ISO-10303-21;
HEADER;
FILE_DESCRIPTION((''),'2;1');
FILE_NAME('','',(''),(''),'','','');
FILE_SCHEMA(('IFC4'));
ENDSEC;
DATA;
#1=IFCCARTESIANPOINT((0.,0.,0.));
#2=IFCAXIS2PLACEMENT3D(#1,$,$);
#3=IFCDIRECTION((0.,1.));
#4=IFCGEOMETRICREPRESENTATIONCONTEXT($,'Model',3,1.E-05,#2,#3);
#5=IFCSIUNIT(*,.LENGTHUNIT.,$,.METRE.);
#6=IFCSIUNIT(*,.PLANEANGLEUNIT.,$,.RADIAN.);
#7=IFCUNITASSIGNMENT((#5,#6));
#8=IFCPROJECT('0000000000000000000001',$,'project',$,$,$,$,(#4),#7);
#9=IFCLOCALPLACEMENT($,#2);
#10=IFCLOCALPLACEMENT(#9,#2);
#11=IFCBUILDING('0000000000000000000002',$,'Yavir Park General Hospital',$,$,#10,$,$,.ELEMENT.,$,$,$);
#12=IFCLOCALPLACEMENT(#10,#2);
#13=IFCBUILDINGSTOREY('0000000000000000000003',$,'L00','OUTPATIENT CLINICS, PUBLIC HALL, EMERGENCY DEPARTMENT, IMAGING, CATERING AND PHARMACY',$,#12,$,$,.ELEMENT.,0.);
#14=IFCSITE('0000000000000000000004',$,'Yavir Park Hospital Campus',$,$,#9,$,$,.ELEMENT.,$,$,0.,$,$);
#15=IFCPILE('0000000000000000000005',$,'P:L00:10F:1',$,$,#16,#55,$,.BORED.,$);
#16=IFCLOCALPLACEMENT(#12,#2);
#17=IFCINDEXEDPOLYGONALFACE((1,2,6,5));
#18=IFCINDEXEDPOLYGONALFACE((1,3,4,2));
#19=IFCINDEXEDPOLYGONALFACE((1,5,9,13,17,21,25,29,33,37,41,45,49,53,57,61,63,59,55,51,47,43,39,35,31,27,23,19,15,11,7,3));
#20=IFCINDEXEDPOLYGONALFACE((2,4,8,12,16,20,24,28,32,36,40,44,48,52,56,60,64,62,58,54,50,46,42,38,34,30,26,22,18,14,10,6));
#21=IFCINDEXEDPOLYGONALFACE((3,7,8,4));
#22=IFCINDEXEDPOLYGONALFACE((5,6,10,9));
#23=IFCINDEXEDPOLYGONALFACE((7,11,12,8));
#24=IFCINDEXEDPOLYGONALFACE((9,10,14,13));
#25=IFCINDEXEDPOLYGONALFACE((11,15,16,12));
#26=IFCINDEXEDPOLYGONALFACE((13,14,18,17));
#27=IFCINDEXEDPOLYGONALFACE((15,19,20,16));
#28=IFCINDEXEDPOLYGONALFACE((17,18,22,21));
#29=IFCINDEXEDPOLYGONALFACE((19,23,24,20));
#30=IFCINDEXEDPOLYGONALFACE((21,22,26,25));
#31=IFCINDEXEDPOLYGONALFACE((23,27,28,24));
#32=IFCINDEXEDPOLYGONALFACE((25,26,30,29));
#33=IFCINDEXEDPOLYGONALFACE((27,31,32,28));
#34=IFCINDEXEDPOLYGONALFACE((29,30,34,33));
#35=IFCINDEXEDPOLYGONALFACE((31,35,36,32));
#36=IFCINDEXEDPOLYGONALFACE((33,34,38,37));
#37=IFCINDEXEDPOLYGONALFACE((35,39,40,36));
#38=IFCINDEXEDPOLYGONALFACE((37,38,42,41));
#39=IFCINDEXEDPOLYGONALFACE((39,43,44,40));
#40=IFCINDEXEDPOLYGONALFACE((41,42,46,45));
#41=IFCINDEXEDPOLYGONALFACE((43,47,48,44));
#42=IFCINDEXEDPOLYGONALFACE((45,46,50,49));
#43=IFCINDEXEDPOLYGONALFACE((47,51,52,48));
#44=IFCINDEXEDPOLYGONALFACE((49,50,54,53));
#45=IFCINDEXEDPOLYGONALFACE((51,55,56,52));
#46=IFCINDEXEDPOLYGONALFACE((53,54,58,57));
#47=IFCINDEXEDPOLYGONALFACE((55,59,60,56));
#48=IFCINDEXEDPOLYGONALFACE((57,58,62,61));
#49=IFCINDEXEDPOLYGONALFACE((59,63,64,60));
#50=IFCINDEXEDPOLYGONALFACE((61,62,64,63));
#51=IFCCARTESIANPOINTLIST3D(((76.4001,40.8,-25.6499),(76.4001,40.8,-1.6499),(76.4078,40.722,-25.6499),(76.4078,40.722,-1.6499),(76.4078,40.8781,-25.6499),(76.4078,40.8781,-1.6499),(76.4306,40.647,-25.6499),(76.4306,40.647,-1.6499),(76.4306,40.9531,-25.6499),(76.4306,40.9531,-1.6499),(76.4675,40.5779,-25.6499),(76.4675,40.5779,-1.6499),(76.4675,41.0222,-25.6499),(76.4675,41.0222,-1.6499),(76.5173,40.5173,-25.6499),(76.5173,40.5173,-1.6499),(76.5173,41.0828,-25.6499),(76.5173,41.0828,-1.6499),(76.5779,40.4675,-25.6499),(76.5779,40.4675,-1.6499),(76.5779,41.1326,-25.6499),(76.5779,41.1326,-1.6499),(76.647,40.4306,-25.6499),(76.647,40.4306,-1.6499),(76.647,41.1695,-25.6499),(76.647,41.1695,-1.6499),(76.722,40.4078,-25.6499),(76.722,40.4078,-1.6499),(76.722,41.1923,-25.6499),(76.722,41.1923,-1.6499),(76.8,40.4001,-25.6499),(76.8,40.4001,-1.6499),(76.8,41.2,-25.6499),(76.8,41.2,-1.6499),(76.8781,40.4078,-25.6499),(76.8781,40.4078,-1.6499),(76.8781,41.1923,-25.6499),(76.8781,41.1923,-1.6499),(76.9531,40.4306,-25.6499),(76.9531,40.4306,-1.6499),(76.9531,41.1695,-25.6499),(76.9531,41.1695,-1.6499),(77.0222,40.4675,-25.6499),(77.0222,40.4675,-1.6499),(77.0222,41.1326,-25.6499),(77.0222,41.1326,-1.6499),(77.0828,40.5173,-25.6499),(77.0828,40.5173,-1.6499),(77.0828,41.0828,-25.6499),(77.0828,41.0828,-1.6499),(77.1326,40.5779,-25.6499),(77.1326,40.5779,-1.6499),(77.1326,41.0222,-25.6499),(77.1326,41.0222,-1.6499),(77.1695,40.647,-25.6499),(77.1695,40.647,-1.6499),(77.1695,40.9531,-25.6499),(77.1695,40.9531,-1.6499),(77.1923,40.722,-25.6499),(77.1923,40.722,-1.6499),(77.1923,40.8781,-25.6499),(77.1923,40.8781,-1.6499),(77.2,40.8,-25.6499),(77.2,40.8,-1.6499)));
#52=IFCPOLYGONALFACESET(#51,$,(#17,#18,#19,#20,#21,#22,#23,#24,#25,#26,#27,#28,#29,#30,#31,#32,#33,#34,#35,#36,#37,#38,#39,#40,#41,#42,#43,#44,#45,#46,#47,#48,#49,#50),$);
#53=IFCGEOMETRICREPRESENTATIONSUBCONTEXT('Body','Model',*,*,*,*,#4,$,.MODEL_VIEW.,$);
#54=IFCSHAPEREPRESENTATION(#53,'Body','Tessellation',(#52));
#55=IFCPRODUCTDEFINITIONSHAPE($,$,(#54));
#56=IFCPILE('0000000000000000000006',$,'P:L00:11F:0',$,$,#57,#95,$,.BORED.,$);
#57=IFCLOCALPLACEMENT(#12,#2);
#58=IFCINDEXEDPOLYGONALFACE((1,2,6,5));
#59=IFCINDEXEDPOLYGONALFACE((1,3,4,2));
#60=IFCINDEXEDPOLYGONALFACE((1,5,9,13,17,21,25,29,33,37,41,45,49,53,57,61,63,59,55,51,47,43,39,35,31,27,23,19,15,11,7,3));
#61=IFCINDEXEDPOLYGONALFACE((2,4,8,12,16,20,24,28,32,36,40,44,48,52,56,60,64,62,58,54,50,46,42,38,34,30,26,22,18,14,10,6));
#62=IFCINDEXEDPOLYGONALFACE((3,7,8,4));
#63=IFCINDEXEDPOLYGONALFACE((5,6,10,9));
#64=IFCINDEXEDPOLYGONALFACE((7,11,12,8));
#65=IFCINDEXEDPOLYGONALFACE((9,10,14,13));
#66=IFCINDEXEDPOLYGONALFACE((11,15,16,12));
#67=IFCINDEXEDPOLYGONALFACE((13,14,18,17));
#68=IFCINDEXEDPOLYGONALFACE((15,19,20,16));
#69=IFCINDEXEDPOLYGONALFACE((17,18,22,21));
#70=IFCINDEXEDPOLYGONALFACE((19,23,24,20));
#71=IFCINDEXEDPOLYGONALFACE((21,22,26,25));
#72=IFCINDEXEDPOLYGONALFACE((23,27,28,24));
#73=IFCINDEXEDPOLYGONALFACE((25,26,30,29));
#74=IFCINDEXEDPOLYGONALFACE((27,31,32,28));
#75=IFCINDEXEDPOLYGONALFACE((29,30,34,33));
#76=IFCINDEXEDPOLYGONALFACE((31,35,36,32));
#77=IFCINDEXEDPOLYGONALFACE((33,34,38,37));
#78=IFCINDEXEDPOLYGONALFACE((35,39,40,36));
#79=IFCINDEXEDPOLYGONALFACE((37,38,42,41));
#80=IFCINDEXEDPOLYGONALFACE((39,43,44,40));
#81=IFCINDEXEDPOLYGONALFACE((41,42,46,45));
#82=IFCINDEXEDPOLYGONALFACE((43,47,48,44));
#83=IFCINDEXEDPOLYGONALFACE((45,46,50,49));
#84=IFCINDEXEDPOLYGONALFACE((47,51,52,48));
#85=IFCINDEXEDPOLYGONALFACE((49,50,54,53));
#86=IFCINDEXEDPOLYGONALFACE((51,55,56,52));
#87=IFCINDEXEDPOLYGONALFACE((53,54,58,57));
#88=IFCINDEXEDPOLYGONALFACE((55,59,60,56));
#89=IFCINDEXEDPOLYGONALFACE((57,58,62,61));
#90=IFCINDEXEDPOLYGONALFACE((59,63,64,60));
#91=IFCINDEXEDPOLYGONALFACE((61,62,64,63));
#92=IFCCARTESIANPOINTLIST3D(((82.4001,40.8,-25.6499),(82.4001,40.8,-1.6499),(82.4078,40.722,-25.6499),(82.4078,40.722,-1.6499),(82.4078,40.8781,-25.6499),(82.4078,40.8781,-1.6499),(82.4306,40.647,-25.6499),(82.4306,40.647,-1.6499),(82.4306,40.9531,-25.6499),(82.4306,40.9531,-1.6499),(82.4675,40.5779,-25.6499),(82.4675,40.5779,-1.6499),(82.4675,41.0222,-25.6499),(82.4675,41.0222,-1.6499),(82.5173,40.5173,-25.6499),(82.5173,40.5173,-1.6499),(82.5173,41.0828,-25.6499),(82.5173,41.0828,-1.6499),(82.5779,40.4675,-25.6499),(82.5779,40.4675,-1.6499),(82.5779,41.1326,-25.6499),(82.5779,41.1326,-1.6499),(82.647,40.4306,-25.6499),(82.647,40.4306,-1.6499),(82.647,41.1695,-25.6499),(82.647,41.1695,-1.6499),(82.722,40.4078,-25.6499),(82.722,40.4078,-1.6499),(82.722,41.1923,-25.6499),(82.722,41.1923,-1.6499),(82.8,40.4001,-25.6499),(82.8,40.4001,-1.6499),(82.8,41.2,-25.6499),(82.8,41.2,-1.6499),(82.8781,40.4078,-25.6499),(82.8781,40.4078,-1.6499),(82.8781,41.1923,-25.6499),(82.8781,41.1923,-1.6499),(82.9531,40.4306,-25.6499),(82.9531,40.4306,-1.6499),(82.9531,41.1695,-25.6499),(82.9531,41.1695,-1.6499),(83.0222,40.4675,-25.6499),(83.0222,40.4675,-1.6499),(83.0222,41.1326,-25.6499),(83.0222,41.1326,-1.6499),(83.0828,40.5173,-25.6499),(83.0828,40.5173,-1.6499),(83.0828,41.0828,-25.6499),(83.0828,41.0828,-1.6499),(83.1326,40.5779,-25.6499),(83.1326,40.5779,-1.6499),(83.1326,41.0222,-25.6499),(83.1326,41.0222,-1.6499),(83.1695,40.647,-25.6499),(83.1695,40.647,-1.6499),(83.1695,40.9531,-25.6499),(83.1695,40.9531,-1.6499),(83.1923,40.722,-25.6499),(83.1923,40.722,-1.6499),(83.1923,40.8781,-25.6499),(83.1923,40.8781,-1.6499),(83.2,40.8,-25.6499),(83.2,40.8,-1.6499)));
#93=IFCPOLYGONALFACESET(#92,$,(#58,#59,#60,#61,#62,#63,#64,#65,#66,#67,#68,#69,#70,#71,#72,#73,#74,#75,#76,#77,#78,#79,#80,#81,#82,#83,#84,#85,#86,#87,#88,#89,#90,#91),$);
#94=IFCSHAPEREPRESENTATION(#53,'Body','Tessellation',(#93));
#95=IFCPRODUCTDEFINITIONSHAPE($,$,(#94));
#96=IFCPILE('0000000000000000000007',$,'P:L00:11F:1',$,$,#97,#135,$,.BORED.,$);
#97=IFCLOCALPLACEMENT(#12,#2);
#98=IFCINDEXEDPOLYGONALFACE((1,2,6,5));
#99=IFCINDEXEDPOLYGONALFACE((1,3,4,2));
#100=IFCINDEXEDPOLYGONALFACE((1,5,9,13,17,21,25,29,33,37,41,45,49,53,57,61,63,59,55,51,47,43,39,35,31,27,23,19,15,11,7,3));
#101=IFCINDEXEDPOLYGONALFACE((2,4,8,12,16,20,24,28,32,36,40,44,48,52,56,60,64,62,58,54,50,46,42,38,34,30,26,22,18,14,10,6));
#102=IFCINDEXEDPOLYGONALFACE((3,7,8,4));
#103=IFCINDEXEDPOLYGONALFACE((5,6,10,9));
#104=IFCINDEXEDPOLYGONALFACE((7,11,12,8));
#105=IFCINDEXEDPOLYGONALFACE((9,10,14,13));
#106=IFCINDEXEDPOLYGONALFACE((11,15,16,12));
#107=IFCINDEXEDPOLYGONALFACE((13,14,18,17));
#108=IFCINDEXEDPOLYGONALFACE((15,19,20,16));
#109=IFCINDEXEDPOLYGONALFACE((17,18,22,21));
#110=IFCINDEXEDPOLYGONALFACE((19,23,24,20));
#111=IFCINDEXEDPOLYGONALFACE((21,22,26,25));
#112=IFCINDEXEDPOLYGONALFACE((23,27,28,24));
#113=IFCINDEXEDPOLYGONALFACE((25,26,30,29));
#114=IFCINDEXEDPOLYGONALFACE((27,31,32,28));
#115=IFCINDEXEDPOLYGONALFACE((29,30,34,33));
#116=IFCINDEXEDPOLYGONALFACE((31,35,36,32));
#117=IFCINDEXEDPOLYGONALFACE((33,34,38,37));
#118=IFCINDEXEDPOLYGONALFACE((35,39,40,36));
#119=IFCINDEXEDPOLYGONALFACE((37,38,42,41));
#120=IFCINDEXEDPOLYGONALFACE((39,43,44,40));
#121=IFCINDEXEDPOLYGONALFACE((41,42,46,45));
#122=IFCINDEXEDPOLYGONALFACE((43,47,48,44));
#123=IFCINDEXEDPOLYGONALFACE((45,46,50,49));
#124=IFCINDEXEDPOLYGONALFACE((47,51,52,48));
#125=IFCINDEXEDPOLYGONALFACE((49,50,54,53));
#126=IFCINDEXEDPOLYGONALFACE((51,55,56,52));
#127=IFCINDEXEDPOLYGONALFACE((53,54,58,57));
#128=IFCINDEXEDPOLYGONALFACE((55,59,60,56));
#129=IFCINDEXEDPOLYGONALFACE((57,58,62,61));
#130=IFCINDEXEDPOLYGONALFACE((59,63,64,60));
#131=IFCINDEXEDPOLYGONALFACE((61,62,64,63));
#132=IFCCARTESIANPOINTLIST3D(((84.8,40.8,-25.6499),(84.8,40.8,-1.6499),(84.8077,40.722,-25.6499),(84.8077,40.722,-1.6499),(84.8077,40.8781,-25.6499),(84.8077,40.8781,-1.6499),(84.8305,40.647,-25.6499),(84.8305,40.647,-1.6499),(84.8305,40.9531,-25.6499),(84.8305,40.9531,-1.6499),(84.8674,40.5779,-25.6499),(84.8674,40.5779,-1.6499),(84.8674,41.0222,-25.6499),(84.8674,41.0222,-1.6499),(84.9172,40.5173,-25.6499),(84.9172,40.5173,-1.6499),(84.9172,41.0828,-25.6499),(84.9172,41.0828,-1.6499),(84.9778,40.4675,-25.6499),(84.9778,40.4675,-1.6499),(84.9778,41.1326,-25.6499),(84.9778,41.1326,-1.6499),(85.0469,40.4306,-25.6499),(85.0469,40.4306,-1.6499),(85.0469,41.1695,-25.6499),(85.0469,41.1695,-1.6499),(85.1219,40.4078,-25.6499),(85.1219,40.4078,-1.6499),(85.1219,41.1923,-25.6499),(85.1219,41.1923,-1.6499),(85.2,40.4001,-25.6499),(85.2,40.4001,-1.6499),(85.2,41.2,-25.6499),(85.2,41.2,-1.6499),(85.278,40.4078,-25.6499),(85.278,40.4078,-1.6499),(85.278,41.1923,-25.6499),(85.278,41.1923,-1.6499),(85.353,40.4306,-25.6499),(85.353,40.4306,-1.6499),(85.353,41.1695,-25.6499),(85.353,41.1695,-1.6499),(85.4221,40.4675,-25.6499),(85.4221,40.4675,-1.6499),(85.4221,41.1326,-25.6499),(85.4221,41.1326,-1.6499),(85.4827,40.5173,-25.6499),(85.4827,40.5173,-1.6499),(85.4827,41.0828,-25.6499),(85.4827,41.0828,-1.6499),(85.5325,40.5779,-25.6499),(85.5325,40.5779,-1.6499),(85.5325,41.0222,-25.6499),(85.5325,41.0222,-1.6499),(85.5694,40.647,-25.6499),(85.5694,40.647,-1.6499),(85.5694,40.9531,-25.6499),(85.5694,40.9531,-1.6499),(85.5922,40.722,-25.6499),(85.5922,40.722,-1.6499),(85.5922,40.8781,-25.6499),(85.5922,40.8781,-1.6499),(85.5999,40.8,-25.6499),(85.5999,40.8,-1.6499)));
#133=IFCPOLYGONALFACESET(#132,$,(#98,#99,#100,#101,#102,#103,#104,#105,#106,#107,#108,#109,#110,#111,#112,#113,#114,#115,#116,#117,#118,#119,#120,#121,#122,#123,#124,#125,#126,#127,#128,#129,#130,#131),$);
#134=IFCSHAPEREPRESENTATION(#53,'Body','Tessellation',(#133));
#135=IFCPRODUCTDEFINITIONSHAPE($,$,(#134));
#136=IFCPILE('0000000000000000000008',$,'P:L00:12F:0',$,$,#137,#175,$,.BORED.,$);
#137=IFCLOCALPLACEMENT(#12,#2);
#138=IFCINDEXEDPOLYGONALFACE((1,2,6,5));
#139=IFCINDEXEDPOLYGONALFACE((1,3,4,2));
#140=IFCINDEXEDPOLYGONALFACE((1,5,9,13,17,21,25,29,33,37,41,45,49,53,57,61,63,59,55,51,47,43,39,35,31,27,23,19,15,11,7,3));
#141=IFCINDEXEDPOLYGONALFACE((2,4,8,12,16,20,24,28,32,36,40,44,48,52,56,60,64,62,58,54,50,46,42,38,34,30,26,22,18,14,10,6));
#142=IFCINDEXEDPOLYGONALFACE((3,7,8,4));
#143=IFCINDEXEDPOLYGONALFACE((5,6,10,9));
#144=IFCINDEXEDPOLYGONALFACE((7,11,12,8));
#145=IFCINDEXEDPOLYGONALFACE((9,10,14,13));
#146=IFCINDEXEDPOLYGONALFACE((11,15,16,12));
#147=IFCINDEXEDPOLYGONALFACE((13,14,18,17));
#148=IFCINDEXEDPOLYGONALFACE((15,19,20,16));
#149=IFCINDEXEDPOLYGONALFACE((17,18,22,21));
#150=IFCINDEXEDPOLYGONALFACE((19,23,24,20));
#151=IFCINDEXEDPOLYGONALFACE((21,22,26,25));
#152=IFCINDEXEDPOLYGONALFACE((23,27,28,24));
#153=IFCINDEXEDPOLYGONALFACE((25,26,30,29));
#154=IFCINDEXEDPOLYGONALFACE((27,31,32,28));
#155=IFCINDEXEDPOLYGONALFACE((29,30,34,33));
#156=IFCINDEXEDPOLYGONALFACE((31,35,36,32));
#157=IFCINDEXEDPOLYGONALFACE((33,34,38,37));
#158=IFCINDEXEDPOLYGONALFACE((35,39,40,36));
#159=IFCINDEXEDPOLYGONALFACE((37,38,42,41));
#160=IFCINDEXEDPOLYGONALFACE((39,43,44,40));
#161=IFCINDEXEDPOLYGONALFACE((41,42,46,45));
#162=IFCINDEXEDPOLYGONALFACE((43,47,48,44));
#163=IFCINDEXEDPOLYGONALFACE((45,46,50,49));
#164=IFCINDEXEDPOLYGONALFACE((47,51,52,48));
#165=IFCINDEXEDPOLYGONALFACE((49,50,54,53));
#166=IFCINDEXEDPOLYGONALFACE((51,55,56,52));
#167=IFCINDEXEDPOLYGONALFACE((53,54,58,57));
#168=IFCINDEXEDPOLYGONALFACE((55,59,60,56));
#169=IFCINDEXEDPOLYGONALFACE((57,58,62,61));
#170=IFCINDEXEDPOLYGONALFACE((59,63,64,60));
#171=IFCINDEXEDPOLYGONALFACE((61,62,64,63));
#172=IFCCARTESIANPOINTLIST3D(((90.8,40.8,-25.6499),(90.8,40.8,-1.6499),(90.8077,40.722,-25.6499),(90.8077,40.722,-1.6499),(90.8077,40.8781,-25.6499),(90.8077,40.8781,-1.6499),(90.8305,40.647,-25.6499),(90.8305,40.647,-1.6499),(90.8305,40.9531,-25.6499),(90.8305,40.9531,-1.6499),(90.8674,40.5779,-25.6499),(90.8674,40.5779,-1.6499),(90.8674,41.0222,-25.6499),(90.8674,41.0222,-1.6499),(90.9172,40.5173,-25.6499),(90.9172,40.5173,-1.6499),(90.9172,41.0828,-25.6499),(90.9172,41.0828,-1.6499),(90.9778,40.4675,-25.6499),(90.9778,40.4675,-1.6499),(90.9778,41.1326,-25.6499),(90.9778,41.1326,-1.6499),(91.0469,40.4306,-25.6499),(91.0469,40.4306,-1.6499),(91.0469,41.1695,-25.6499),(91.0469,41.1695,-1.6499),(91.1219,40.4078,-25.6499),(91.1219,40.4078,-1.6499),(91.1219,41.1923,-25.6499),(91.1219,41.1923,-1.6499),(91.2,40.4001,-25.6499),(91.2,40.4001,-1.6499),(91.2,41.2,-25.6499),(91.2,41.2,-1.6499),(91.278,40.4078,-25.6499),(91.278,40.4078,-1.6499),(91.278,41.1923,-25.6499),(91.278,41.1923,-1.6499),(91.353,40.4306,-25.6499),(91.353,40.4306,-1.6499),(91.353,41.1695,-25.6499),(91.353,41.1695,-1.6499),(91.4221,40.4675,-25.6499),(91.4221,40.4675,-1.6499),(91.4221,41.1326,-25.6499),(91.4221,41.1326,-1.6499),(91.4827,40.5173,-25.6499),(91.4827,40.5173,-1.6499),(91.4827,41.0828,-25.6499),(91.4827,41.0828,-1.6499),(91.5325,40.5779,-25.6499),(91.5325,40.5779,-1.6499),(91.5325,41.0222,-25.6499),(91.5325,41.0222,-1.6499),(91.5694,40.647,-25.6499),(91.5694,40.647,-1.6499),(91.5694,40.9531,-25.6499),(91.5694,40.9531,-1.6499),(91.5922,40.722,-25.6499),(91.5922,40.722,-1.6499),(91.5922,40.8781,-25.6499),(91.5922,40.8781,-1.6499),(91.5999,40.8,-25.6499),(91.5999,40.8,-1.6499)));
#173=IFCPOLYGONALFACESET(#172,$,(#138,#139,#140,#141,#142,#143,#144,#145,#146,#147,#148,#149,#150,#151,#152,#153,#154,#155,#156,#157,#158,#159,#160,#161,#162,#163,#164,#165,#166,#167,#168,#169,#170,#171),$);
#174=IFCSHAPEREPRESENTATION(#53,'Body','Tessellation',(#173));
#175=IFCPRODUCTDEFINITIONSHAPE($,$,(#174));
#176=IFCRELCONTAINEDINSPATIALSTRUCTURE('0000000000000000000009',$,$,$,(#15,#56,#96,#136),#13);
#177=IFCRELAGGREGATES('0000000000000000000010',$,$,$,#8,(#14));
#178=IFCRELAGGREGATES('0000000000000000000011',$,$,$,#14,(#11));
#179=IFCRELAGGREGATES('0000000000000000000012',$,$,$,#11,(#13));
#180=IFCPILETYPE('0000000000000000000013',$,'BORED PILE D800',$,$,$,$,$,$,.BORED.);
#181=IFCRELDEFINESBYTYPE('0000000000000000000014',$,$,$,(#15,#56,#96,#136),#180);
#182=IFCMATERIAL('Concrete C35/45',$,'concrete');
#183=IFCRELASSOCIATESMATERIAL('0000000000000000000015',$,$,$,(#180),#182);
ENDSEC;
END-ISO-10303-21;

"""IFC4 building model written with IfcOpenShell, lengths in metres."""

from ifc_helpers import new_model, si_unit, direction, frame, origin, origin_2d, place, context, subcontext, project, spatial, circle, extrude, material, material_profile, profile_set, type_object, element, save


model = new_model("IFC4")

# Units and contexts
model_context = context("Model", 3, precision=1e-05, world=origin(), true_north=direction((0.0, 1.0)))
body_context = subcontext(model_context, "Body", "Model", "MODEL_VIEW")
ifc_project = project(units=[si_unit("LENGTHUNIT", "METRE"), si_unit("PLANEANGLEUNIT", "RADIAN")], contexts=[model_context])

# Site, building, storey
site_placement = place(None, origin())
site = spatial("IfcSite", under=ifc_project, at=site_placement, Name="Yavir Park Hospital Campus", CompositionType="ELEMENT", RefElevation=0.0)
building_placement = place(site_placement, origin())
building = spatial("IfcBuilding", under=site, at=building_placement, Name="Yavir Park General Hospital", CompositionType="ELEMENT")
storey_placement = place(building_placement, origin())
storey = spatial("IfcBuildingStorey", under=building, at=storey_placement, Name="L00", Description="OUTPATIENT CLINICS, PUBLIC HALL, EMERGENCY DEPARTMENT, IMAGING, CATERING AND PHARMACY", CompositionType="ELEMENT", Elevation=0.0)

# Piles
ifc_material_1 = material(Name="Concrete C35/45", Category="concrete")
ifc_material_profile_1 = material_profile(ifc_material_1, circle(Radius=0.3999, at=origin_2d()), Name="D800")
ifc_profile_set_1 = profile_set([ifc_material_profile_1], Name="Concrete C35/45")
pile_type = type_object("IfcPileType", Name="BORED PILE D800", PredefinedType="BORED", material=ifc_profile_set_1)
for number, where, z_axis, x_axis, name in (
    (1, (76.8, 40.8, -1.6499), (0.0, 0.0, -1.0), (1.0, 0.0, 0.0), "P:L00:10F:1"),
    (2, (82.8, 40.8, -1.6499), (0.0, 0.0, -1.0), (1.0, 0.0, 0.0), "P:L00:11F:0"),
    (3, (85.2, 40.8, -1.6499), (0.0, 0.0, -1.0), (1.0, 0.0, 0.0), "P:L00:11F:1"),
    (4, (91.2, 40.8, -1.6499), (0.0, 0.0, -1.0), (1.0, 0.0, 0.0), "P:L00:12F:0"),
):
    element("IfcPile", number, at=place(storey_placement, frame(where, z_axis=z_axis, x_axis=x_axis)), inside=storey, type_object=pile_type, Name=name, PredefinedType="BORED", context=body_context, shape_type="SweptSolid", body=[
        extrude(circle(Radius=0.3999, at=origin_2d()), origin(), (0.0, 0.0, 1.0), 24.0),
    ])

save(model, "model.ifc")
